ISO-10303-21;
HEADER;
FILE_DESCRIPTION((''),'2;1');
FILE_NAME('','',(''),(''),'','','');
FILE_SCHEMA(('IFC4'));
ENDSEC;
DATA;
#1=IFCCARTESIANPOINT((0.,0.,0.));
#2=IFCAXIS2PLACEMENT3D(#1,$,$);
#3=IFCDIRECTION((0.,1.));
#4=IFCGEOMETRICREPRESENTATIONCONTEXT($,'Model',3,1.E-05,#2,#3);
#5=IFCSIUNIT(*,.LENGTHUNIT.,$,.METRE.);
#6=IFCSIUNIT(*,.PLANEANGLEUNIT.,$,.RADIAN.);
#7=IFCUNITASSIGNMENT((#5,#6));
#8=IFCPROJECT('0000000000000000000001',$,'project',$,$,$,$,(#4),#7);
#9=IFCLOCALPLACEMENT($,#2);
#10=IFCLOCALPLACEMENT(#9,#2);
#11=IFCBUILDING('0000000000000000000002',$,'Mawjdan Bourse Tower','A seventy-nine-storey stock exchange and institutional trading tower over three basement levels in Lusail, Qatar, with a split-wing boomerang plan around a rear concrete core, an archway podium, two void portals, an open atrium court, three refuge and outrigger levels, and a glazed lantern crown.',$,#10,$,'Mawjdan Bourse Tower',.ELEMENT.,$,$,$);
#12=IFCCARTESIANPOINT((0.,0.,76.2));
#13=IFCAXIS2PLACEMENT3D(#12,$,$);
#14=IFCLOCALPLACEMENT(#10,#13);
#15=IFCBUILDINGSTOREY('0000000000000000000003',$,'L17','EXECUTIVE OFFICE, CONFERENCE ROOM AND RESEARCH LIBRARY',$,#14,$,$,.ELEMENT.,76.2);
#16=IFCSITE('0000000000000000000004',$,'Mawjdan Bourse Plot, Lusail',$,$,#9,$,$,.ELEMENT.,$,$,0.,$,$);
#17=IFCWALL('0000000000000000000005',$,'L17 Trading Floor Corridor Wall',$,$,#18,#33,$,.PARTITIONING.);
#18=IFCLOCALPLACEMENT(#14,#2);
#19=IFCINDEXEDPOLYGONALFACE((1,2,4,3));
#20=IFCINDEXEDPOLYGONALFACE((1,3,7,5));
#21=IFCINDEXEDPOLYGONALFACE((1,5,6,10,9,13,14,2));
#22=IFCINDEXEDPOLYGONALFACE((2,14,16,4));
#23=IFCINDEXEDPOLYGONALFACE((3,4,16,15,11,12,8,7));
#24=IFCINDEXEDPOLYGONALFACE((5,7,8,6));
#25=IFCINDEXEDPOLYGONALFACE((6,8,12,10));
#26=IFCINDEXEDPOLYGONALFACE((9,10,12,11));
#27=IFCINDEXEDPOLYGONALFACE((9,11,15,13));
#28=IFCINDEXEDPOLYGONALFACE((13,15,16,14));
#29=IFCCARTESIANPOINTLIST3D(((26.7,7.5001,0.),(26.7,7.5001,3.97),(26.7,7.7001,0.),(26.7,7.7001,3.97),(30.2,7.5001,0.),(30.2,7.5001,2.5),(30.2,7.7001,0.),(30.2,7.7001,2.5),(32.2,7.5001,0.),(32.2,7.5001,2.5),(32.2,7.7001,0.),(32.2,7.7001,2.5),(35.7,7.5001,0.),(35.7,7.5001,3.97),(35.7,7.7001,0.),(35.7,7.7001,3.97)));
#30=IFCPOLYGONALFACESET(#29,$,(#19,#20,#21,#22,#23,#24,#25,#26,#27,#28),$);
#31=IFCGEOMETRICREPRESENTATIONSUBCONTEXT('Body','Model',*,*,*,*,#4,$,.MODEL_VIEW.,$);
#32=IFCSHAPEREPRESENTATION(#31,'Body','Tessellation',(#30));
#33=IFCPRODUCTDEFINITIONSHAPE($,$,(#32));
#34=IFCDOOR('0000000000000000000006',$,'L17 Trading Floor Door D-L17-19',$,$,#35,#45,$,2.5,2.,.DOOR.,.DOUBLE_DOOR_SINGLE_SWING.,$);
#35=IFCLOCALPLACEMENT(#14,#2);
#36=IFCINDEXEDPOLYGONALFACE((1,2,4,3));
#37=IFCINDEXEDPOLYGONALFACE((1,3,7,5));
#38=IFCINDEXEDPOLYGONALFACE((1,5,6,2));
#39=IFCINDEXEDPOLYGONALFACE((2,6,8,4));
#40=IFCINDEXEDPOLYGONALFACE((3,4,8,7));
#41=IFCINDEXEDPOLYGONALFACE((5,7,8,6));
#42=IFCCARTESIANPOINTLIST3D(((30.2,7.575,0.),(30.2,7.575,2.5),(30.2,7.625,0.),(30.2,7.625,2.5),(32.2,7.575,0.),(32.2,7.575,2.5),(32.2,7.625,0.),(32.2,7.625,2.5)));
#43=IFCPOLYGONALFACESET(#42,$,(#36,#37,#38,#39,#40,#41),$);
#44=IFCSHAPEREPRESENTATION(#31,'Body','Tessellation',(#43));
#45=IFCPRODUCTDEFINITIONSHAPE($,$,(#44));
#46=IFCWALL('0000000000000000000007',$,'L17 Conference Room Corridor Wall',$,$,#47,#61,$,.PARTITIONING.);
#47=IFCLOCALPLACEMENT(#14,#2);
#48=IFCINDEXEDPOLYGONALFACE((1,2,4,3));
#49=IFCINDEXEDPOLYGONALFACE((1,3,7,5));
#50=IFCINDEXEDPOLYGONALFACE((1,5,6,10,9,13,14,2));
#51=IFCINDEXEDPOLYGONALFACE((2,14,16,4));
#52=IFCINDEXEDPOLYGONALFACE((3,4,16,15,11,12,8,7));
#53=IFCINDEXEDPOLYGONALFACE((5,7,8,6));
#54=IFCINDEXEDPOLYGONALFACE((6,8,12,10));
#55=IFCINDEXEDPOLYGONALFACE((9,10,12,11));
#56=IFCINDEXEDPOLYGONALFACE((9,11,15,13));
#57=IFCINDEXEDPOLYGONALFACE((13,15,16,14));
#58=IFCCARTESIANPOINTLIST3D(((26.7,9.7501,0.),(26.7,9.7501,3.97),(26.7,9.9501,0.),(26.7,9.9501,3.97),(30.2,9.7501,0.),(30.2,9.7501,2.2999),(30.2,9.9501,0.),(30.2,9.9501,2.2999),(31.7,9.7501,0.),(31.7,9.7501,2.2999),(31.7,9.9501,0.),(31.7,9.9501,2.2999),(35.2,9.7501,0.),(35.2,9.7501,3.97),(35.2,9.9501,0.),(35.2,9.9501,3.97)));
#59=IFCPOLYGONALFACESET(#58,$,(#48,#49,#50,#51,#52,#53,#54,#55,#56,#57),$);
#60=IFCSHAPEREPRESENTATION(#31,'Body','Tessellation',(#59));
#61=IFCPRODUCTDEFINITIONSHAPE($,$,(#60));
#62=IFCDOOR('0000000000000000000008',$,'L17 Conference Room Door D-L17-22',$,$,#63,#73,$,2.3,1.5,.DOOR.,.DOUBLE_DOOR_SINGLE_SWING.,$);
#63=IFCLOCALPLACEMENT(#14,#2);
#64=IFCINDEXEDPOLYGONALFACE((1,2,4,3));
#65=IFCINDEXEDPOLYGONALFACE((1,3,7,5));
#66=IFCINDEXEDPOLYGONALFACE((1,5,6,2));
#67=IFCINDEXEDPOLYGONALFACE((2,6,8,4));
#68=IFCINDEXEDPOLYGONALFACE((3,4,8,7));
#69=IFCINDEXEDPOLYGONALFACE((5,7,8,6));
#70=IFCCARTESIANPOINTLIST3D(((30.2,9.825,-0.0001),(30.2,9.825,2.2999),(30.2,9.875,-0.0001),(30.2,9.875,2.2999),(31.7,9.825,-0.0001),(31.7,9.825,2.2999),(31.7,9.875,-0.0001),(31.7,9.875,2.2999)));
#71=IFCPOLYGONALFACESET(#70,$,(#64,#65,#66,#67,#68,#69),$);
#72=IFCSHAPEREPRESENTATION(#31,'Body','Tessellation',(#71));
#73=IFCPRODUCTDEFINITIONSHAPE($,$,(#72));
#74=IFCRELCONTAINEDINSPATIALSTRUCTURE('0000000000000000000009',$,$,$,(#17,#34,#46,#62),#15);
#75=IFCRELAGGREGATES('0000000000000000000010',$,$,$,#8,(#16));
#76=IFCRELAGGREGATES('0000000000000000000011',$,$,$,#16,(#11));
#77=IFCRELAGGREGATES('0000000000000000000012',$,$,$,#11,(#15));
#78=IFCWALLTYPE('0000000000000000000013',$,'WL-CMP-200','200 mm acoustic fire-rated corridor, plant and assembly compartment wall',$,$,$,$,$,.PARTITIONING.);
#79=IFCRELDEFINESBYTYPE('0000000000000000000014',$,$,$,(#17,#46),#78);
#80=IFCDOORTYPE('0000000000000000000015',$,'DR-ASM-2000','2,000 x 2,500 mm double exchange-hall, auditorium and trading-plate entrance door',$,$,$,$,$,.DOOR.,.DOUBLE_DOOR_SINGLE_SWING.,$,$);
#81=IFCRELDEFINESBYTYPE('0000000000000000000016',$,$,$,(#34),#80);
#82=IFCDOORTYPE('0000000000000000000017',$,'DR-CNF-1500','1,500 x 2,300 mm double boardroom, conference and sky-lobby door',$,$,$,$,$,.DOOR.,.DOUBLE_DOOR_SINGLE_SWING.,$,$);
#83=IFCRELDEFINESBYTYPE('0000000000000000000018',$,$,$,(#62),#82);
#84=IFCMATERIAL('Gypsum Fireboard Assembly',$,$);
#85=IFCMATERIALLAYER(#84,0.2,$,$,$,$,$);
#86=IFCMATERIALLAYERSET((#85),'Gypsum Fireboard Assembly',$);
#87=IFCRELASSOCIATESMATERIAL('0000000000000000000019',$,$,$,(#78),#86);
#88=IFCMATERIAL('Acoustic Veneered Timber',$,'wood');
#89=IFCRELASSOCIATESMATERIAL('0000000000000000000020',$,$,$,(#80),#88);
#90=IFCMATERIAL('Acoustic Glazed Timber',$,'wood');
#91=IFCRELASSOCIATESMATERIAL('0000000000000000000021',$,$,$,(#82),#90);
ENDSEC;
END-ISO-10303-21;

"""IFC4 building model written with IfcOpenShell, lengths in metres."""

from ifc_helpers import new_model, si_unit, direction, frame, frame_2d, origin, place, context, subcontext, project, spatial, rectangle, extrude, material, layer, layer_set, type_object, element, fill, save


model = new_model("IFC4")

# Units and contexts
model_context = context("Model", 3, precision=1e-05, world=origin(), true_north=direction((0.0, 1.0)))
body_context = subcontext(model_context, "Body", "Model", "MODEL_VIEW")
ifc_project = project(units=[si_unit("LENGTHUNIT", "METRE"), si_unit("PLANEANGLEUNIT", "RADIAN")], contexts=[model_context])

# Site, building, storey
site_placement = place(None, origin())
site = spatial("IfcSite", under=ifc_project, at=site_placement, Name="Mawjdan Bourse Plot, Lusail", CompositionType="ELEMENT", RefElevation=0.0)
building_placement = place(site_placement, origin())
building = spatial("IfcBuilding", under=site, at=building_placement, Name="Mawjdan Bourse Tower", Description="A seventy-nine-storey stock exchange and institutional trading tower over three basement levels in Lusail, Qatar, with a split-wing boomerang plan around a rear concrete core, an archway podium, two void portals, an open atrium court, three refuge and outrigger levels, and a glazed lantern crown.", LongName="Mawjdan Bourse Tower", CompositionType="ELEMENT")
storey_placement = place(building_placement, frame((0.0, 0.0, 76.2)))
storey = spatial("IfcBuildingStorey", under=building, at=storey_placement, Name="L17", Description="EXECUTIVE OFFICE, CONFERENCE ROOM AND RESEARCH LIBRARY", CompositionType="ELEMENT", Elevation=76.2)

# Shared definitions
ifc_material_1 = material(Name="Gypsum Fireboard Assembly")
ifc_layer_1 = layer(ifc_material_1, 0.2)
ifc_layer_set_1 = layer_set([ifc_layer_1], Name="Gypsum Fireboard Assembly")
wall_type_1 = type_object("IfcWallType", Name="WL-CMP-200", Description="200 mm acoustic fire-rated corridor, plant and assembly compartment wall", PredefinedType="PARTITIONING", material=ifc_layer_set_1)

# Walls, openings, doors
wall_1_placement = place(storey_placement, frame((26.7, 7.6001, 0.0), z_axis=(0.0, 0.0, 1.0), x_axis=(1.0, 0.0, 0.0)))
wall_1 = element("IfcWall", 1, at=wall_1_placement, inside=storey, type_object=wall_type_1, Name="L17 Trading Floor Corridor Wall", PredefinedType="PARTITIONING", context=body_context, shape_type="SweptSolid", body=[
    extrude(rectangle(XDim=9.0, YDim=0.2, at=frame_2d((4.5, 0.0))), origin(), (0.0, 0.0, 1.0), 3.97),
])
opening_1_placement = place(wall_1_placement, frame((3.5, 0.0, 0.0)))
opening_1 = element("IfcOpeningElement", 2, at=opening_1_placement, cuts=wall_1, PredefinedType="OPENING", context=body_context, shape_type="SweptSolid", body=[
    extrude(rectangle(XDim=2.0, YDim=2.5, at=frame_2d((1.0, 1.25))), frame((0.0, 0.1099, 0.0), z_axis=(0.0, -1.0, 0.0), x_axis=(1.0, 0.0, 0.0)), (0.0, 0.0, 1.0), 0.22),
])
ifc_material_2 = material(Name="Acoustic Veneered Timber", Category="wood")
door_type_1 = type_object("IfcDoorType", Name="DR-ASM-2000", Description="2,000 x 2,500 mm double exchange-hall, auditorium and trading-plate entrance door", OperationType="DOUBLE_DOOR_SINGLE_SWING", PredefinedType="DOOR", material=ifc_material_2)
door_1_placement = place(opening_1_placement, origin())
door_1 = element("IfcDoor", 3, at=door_1_placement, inside=storey, type_object=door_type_1, Name="L17 Trading Floor Door D-L17-19", OperationType="DOUBLE_DOOR_SINGLE_SWING", OverallHeight=2.5, OverallWidth=2.0, PredefinedType="DOOR", context=body_context, shape_type="SweptSolid", body=[
    extrude(rectangle(XDim=2.0, YDim=2.5, at=frame_2d((1.0, 1.25))), frame((0.0, 0.0249, 0.0), z_axis=(0.0, -1.0, 0.0), x_axis=(1.0, 0.0, 0.0)), (0.0, 0.0, 1.0), 0.05),
])
fill(opening_1, door_1)
wall_2_placement = place(storey_placement, frame((26.7, 9.8501, 0.0), z_axis=(0.0, 0.0, 1.0), x_axis=(1.0, 0.0, 0.0)))
wall_2 = element("IfcWall", 4, at=wall_2_placement, inside=storey, type_object=wall_type_1, Name="L17 Conference Room Corridor Wall", PredefinedType="PARTITIONING", context=body_context, shape_type="SweptSolid", body=[
    extrude(rectangle(XDim=8.5, YDim=0.2, at=frame_2d((4.25, 0.0))), origin(), (0.0, 0.0, 1.0), 3.97),
])
opening_2_placement = place(wall_2_placement, frame((3.5, 0.0, 0.0)))
opening_2 = element("IfcOpeningElement", 5, at=opening_2_placement, cuts=wall_2, PredefinedType="OPENING", context=body_context, shape_type="SweptSolid", body=[
    extrude(rectangle(XDim=1.5, YDim=2.3, at=frame_2d((0.75, 1.1499))), frame((0.0, 0.1099, 0.0), z_axis=(0.0, -1.0, 0.0), x_axis=(1.0, 0.0, 0.0)), (0.0, 0.0, 1.0), 0.22),
])
ifc_material_3 = material(Name="Acoustic Glazed Timber", Category="wood")
door_type_2 = type_object("IfcDoorType", Name="DR-CNF-1500", Description="1,500 x 2,300 mm double boardroom, conference and sky-lobby door", OperationType="DOUBLE_DOOR_SINGLE_SWING", PredefinedType="DOOR", material=ifc_material_3)
door_2_placement = place(opening_2_placement, origin())
door_2 = element("IfcDoor", 6, at=door_2_placement, inside=storey, type_object=door_type_2, Name="L17 Conference Room Door D-L17-22", OperationType="DOUBLE_DOOR_SINGLE_SWING", OverallHeight=2.3, OverallWidth=1.5, PredefinedType="DOOR", context=body_context, shape_type="SweptSolid", body=[
    extrude(rectangle(XDim=1.5, YDim=2.3, at=frame_2d((0.75, 1.1499))), frame((0.0, 0.0249, 0.0), z_axis=(0.0, -1.0, 0.0), x_axis=(1.0, 0.0, 0.0)), (0.0, 0.0, 1.0), 0.05),
])
fill(opening_2, door_2)

save(model, "model.ifc")
